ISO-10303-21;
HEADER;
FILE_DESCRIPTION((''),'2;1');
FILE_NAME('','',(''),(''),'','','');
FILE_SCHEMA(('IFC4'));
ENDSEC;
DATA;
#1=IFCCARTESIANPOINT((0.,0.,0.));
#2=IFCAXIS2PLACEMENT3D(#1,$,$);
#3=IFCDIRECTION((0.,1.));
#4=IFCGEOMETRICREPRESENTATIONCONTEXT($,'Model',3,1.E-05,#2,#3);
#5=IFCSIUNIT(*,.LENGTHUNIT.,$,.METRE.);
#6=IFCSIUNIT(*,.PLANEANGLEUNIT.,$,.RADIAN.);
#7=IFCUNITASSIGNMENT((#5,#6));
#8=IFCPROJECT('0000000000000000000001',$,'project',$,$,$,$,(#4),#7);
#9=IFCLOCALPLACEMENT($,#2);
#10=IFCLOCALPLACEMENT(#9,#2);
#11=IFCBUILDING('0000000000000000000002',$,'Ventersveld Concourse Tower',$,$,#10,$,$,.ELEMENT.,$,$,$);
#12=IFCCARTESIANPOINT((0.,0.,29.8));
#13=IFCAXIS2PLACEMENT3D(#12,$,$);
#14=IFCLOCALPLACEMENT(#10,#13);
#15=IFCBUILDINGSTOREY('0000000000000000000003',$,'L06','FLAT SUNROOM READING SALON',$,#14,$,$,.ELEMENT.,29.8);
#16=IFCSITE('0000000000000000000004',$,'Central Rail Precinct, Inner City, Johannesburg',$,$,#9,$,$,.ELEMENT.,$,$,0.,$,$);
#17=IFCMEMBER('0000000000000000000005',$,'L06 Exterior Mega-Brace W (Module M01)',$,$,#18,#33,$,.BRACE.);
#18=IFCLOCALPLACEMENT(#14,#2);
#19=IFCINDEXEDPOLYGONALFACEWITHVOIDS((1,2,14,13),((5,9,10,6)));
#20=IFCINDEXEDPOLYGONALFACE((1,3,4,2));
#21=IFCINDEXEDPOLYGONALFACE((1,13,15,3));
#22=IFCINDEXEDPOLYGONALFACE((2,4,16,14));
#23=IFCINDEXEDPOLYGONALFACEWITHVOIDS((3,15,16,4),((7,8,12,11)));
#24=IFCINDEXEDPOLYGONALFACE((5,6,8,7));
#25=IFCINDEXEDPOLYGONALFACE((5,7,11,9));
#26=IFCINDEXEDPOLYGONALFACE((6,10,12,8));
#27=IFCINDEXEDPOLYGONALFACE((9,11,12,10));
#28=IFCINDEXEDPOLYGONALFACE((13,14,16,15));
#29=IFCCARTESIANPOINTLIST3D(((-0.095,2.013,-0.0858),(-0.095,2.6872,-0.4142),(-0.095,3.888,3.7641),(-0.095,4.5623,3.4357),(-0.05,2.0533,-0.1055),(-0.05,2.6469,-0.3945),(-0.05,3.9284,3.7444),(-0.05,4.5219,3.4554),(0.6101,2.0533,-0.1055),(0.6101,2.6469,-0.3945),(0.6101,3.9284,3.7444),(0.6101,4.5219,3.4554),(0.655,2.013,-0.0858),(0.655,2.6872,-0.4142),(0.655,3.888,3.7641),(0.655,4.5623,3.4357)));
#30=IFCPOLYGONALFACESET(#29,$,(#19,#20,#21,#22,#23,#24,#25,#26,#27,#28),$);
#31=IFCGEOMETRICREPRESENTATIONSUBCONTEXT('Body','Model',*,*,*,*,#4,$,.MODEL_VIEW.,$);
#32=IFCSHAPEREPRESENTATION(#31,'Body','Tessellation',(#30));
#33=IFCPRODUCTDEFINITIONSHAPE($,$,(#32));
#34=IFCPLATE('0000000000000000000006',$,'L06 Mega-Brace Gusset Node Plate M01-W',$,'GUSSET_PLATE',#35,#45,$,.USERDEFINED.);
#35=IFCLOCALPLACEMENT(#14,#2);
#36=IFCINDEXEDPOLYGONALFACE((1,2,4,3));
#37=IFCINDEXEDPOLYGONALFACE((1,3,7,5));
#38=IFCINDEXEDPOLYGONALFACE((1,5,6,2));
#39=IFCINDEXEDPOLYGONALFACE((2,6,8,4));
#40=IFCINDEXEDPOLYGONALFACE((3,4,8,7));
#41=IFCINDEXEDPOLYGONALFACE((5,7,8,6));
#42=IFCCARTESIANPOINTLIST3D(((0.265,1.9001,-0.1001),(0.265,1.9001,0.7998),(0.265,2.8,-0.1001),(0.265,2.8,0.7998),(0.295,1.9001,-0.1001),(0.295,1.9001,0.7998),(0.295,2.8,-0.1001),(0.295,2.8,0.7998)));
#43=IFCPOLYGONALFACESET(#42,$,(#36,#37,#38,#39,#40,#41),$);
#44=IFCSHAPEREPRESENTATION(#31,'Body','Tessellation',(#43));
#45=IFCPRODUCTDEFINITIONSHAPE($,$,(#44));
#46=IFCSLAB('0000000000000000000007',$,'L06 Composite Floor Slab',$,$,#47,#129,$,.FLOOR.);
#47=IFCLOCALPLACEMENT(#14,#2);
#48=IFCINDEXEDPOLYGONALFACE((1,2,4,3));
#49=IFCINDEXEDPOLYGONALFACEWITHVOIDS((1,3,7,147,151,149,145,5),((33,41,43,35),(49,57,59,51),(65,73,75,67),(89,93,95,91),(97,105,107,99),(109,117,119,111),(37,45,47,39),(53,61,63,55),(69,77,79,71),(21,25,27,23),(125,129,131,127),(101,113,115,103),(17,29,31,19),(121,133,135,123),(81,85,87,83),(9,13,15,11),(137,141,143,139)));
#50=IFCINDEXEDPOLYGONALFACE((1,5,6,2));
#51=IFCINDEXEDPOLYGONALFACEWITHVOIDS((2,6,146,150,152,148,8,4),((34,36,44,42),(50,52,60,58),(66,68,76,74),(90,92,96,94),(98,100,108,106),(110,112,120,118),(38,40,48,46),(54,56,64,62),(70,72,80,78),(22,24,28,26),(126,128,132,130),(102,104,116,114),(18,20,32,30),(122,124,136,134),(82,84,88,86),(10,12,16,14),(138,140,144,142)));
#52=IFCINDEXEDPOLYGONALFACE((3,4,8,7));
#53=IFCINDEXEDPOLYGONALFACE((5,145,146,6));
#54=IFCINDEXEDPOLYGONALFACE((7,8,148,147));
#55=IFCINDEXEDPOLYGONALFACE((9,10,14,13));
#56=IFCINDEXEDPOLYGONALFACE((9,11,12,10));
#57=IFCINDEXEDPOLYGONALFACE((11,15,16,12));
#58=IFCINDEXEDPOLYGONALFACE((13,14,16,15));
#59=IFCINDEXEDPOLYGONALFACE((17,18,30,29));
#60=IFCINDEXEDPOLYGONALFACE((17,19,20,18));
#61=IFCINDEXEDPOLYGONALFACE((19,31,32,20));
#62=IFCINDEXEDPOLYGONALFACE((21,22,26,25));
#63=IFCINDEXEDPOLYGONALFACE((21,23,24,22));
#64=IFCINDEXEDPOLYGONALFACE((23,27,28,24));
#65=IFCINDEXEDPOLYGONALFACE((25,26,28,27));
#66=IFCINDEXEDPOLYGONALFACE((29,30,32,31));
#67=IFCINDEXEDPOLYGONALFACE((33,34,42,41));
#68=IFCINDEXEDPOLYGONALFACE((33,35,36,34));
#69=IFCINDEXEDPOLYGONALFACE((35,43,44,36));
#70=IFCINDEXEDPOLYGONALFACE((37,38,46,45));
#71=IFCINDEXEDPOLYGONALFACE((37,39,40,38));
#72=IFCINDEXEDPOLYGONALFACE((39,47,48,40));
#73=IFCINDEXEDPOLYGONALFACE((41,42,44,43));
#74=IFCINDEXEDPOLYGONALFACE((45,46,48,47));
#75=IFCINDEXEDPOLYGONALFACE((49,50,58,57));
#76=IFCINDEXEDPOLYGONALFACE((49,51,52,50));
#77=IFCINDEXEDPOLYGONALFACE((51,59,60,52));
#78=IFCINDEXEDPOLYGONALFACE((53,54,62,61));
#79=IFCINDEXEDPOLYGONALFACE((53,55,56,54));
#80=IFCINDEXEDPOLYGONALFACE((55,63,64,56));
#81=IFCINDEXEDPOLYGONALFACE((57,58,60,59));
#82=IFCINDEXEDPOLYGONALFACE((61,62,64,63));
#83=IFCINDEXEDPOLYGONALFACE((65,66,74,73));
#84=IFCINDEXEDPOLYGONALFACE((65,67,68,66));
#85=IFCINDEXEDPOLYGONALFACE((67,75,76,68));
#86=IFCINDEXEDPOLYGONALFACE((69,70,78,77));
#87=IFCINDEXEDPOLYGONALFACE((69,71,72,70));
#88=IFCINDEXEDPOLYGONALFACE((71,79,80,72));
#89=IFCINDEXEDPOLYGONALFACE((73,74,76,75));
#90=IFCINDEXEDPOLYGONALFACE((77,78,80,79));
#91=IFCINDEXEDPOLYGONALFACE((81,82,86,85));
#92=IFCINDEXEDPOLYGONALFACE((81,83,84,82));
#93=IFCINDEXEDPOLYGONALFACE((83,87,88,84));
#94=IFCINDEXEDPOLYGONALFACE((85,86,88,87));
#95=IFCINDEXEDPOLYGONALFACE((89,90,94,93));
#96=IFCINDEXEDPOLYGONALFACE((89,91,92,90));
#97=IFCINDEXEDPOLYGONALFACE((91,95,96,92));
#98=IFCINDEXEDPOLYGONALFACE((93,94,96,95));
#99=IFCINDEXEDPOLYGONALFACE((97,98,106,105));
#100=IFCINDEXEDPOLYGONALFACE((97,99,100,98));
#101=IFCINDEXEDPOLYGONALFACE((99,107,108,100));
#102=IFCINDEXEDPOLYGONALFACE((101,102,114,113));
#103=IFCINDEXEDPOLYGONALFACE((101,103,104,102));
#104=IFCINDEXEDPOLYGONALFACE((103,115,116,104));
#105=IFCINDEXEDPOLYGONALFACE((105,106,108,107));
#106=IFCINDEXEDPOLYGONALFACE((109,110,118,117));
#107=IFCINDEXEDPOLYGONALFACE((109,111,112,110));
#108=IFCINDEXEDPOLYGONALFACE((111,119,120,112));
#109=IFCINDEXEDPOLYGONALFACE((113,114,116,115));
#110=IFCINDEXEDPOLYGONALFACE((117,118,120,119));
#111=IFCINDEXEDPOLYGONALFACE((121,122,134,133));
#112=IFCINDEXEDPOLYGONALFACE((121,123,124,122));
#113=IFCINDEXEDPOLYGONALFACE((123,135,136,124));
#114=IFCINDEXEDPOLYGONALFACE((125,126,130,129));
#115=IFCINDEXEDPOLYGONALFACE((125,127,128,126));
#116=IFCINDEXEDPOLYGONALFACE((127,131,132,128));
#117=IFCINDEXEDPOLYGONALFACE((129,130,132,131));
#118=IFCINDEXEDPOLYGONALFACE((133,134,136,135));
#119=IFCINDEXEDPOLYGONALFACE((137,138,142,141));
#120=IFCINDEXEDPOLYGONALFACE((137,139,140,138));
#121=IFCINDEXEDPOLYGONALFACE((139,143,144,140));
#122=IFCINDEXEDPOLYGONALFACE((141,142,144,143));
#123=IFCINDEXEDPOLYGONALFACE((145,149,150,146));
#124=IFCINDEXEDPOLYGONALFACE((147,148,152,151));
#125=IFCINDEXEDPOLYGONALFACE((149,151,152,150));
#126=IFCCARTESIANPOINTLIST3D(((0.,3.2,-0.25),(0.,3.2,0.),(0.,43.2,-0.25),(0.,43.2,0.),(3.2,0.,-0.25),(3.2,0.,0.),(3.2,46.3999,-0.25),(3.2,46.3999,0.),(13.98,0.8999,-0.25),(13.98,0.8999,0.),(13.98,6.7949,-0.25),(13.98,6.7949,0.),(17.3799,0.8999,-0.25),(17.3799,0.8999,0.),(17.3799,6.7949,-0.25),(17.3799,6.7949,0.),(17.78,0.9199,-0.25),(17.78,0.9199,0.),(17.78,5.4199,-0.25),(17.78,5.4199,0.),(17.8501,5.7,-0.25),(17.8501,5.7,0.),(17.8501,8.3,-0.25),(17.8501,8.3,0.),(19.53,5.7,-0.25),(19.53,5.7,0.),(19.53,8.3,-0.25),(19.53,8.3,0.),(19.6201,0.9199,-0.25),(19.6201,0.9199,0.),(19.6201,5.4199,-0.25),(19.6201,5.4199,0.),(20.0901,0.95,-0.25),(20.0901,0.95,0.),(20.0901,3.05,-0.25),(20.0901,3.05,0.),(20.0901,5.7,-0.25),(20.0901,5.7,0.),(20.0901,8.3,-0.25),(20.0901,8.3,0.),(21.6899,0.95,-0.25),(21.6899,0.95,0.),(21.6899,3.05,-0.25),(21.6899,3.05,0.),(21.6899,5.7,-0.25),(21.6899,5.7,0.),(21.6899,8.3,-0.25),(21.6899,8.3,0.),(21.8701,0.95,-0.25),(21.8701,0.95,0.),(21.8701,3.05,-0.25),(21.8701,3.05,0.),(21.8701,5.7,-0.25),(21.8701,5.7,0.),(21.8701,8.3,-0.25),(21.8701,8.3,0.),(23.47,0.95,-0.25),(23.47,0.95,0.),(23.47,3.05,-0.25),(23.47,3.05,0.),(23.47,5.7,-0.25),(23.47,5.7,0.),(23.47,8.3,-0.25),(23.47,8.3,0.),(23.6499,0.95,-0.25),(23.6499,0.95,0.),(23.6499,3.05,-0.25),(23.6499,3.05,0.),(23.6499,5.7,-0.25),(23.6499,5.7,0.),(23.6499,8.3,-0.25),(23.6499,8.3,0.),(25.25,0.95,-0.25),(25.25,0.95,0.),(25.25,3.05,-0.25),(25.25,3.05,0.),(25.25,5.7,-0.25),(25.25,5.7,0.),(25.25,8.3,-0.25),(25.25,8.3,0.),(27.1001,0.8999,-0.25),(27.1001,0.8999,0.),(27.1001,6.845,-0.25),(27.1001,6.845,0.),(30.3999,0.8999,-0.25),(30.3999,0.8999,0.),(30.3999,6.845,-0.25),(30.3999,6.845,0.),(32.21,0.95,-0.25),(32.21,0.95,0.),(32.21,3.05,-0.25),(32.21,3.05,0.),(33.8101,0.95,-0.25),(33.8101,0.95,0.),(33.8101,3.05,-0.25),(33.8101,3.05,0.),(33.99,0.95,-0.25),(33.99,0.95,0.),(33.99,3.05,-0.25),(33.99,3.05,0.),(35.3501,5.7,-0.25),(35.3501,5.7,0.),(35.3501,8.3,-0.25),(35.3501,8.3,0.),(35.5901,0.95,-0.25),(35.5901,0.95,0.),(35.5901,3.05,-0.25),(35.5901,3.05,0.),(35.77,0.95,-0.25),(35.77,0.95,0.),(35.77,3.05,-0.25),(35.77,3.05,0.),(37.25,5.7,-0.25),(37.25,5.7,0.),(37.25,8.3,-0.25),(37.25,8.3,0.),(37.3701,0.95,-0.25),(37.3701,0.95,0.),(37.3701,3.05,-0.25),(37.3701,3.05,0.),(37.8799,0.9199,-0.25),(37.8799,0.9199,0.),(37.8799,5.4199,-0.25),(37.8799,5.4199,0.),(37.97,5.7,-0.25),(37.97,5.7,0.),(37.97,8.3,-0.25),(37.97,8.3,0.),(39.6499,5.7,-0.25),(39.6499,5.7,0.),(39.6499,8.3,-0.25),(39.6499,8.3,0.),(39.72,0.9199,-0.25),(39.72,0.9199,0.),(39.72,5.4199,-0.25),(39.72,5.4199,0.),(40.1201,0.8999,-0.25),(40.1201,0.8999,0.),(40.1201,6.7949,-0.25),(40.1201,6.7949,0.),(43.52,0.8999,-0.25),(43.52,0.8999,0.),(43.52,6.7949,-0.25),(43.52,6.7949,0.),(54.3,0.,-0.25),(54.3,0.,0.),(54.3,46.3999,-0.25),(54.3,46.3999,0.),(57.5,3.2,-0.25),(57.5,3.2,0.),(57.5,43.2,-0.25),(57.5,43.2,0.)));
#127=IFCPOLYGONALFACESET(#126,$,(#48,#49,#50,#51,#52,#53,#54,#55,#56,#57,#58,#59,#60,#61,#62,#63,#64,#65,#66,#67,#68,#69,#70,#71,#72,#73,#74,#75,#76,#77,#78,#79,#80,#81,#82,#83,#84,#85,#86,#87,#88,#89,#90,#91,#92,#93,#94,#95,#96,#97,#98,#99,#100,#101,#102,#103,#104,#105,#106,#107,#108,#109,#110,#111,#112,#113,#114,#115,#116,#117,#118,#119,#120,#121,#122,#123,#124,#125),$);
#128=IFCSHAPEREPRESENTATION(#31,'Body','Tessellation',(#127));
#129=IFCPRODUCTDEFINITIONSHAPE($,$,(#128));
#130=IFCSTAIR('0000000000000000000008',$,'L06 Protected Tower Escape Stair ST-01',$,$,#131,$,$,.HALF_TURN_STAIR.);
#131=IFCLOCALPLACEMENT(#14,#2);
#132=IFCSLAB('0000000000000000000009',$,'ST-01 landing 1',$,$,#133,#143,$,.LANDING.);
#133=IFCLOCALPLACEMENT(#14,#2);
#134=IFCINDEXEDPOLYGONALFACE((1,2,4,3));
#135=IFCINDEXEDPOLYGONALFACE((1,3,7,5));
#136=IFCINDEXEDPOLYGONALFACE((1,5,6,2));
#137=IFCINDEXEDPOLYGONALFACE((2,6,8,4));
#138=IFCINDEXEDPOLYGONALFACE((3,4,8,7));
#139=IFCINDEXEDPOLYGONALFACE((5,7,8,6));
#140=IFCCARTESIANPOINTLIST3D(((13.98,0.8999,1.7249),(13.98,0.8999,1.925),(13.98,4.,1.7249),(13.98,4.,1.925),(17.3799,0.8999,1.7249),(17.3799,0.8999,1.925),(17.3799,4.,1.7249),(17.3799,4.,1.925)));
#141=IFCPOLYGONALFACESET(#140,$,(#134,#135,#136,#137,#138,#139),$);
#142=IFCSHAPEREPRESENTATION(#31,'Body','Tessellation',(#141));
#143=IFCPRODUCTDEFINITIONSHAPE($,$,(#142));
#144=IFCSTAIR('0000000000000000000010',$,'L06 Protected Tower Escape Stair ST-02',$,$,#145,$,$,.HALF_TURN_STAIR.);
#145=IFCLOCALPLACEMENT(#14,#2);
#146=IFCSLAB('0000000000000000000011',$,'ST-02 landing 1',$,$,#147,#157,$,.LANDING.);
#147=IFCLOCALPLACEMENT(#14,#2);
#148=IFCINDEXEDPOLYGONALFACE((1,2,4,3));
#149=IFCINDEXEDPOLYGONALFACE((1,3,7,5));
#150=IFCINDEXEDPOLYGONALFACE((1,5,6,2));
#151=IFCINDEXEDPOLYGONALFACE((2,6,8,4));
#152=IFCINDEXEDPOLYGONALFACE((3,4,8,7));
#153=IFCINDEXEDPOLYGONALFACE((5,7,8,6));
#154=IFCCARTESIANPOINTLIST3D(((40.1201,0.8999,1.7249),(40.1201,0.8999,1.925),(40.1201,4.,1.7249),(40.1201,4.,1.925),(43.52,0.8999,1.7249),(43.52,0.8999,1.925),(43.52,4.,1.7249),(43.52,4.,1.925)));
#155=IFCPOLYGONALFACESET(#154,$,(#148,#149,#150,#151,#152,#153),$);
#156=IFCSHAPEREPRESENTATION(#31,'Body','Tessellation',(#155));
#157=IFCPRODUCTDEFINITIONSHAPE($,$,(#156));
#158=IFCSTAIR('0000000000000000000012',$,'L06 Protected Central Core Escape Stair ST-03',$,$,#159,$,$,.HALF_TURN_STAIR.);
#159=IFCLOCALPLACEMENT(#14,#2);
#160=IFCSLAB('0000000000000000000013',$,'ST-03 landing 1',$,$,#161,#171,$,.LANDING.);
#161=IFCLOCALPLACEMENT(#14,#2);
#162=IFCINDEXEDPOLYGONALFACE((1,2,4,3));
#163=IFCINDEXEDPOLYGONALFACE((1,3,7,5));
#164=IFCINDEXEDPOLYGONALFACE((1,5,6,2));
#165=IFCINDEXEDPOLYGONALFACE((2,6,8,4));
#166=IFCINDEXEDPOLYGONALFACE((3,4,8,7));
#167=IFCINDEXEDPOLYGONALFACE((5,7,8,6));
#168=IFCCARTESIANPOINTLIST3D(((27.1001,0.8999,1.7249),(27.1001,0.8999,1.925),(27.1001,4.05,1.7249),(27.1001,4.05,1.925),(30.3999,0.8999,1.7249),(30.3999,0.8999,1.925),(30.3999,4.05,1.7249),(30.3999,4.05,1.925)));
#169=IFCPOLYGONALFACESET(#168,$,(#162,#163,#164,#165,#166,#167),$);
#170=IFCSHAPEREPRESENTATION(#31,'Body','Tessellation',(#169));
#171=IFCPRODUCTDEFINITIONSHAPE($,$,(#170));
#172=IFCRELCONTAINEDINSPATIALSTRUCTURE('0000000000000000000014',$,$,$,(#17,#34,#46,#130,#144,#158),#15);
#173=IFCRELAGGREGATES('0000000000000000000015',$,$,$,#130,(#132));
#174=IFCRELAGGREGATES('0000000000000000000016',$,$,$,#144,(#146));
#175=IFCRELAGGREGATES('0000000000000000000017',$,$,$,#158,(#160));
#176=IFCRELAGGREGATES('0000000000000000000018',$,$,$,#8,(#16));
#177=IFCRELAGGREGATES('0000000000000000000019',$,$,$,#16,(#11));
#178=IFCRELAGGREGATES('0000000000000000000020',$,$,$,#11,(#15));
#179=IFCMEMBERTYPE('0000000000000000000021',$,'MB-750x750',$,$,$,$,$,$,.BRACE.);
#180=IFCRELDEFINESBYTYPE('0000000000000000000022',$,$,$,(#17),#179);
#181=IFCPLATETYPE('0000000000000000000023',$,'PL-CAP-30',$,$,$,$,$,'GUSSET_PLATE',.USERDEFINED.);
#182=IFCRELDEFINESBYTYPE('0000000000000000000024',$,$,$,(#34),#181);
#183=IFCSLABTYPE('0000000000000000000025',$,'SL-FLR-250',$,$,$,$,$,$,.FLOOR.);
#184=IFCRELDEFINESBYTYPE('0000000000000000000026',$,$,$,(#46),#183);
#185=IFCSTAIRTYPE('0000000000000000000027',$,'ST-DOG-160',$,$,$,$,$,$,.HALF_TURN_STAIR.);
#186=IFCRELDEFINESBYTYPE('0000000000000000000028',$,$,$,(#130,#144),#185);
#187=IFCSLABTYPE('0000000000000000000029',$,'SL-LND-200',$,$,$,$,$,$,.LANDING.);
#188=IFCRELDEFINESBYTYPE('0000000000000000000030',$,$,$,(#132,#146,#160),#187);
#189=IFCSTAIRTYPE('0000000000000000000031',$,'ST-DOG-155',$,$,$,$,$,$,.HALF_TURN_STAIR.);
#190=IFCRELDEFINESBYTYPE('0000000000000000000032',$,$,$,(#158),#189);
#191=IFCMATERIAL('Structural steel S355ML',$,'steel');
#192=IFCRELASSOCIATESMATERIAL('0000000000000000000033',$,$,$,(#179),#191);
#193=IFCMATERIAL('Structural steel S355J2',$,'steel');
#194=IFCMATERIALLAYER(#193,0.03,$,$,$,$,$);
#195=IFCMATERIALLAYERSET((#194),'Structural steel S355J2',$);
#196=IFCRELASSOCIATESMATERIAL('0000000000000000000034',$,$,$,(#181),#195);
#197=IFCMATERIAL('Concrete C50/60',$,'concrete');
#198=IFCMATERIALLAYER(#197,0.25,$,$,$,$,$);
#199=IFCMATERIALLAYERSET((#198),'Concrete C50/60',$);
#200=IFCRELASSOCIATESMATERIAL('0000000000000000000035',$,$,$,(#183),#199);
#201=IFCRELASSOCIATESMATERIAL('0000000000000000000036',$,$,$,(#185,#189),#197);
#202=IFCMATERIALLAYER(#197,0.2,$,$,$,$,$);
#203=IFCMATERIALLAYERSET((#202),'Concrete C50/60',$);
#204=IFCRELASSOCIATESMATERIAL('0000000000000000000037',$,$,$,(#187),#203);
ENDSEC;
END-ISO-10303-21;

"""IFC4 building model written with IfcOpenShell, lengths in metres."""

from ifc_helpers import new_model, si_unit, direction, frame, origin, origin_2d, place, context, subcontext, project, spatial, polyline, rectangle, hollow_rectangle, outline, extrude, material, layer, layer_set, material_profile, profile_set, type_object, element, aggregate, save


model = new_model("IFC4")

# Units and contexts
model_context = context("Model", 3, precision=1e-05, world=origin(), true_north=direction((0.0, 1.0)))
body_context = subcontext(model_context, "Body", "Model", "MODEL_VIEW")
ifc_project = project(units=[si_unit("LENGTHUNIT", "METRE"), si_unit("PLANEANGLEUNIT", "RADIAN")], contexts=[model_context])

# Site, building, storey
site_placement = place(None, origin())
site = spatial("IfcSite", under=ifc_project, at=site_placement, Name="Central Rail Precinct, Inner City, Johannesburg", CompositionType="ELEMENT", RefElevation=0.0)
building_placement = place(site_placement, origin())
building = spatial("IfcBuilding", under=site, at=building_placement, Name="Ventersveld Concourse Tower", CompositionType="ELEMENT")
storey_placement = place(building_placement, frame((0.0, 0.0, 29.8)))
storey = spatial("IfcBuildingStorey", under=building, at=storey_placement, Name="L06", Description="FLAT SUNROOM READING SALON", CompositionType="ELEMENT", Elevation=29.8)

# Member
ifc_material_1 = material(Name="Structural steel S355ML", Category="steel")
ifc_material_profile = material_profile(ifc_material_1, hollow_rectangle(XDim=0.75, YDim=0.75, WallThickness=0.0449, at=origin_2d()), Name="BOX 750x750x45")
ifc_profile_set = profile_set([ifc_material_profile], Name="Structural steel S355ML")
member_type = type_object("IfcMemberType", Name="MB-750x750", PredefinedType="BRACE", material=ifc_profile_set)
member_placement = place(storey_placement, frame((0.28, 2.3501, -0.25), z_axis=(0.0, 0.437862, 0.899042), x_axis=(-1.0, 0.0, 0.0)))
element("IfcMember", 1, at=member_placement, inside=storey, type_object=member_type, Name="L06 Exterior Mega-Brace W (Module M01)", PredefinedType="BRACE", context=body_context, shape_type="SweptSolid", body=[
    extrude(hollow_rectangle(XDim=0.75, YDim=0.75, WallThickness=0.0449, at=origin_2d()), origin(), (0.0, 0.0, 1.0), 4.2822),
])

# Plate
ifc_material_2 = material(Name="Structural steel S355J2", Category="steel")
ifc_layer_1 = layer(ifc_material_2, 0.03)
ifc_layer_set_1 = layer_set([ifc_layer_1], Name="Structural steel S355J2")
plate_type = type_object("IfcPlateType", Name="PL-CAP-30", ElementType="GUSSET_PLATE", PredefinedType="USERDEFINED", material=ifc_layer_set_1)
plate_placement = place(storey_placement, frame((0.28, 2.3501, -0.1001), z_axis=(0.0, 0.0, 1.0), x_axis=(0.0, 1.0, 0.0)))
element("IfcPlate", 2, at=plate_placement, inside=storey, type_object=plate_type, Name="L06 Mega-Brace Gusset Node Plate M01-W", ObjectType="GUSSET_PLATE", PredefinedType="USERDEFINED", context=body_context, shape_type="SweptSolid", body=[
    extrude(rectangle(XDim=0.8999, YDim=0.03, at=origin_2d()), origin(), (0.0, 0.0, 1.0), 0.8999),
])

# Slab
ifc_material_3 = material(Name="Concrete C50/60", Category="concrete")
ifc_layer_2 = layer(ifc_material_3, 0.25)
ifc_layer_set_2 = layer_set([ifc_layer_2], Name="Concrete C50/60")
slab_type_1 = type_object("IfcSlabType", Name="SL-FLR-250", PredefinedType="FLOOR", material=ifc_layer_set_2)
slab_1_placement = place(storey_placement, frame((0.0, 0.0, -0.25)))
element("IfcSlab", 3, at=slab_1_placement, inside=storey, type_object=slab_type_1, Name="L06 Composite Floor Slab", PredefinedType="FLOOR", context=body_context, shape_type="SweptSolid", body=[
    extrude(outline(polyline([(3.2, 0.0), (54.3, 0.0), (57.5, 3.2), (57.5, 43.2), (54.3, 46.3999), (3.2, 46.3999), (0.0, 43.2), (0.0, 3.2), (3.2, 0.0)]), holes=[polyline([(13.98, 6.7949), (13.98, 0.8999), (17.3799, 0.8999), (17.3799, 6.7949), (13.98, 6.7949)]), polyline([(40.1201, 6.7949), (40.1201, 0.8999), (43.52, 0.8999), (43.52, 6.7949), (40.1201, 6.7949)]), polyline([(27.1001, 6.845), (27.1001, 0.8999), (30.3999, 0.8999), (30.3999, 6.845), (27.1001, 6.845)]), polyline([(17.8501, 5.7), (19.53, 5.7), (19.53, 8.3), (17.8501, 8.3), (17.8501, 5.7)]), polyline([(37.97, 5.7), (39.6499, 5.7), (39.6499, 8.3), (37.97, 8.3), (37.97, 5.7)]), polyline([(35.3501, 5.7), (37.25, 5.7), (37.25, 8.3), (35.3501, 8.3), (35.3501, 5.7)]), polyline([(20.0901, 0.95), (21.6899, 0.95), (21.6899, 3.05), (20.0901, 3.05), (20.0901, 0.95)]), polyline([(21.8701, 0.95), (23.47, 0.95), (23.47, 3.05), (21.8701, 3.05), (21.8701, 0.95)]), polyline([(23.6499, 0.95), (25.25, 0.95), (25.25, 3.05), (23.6499, 3.05), (23.6499, 0.95)]), polyline([(32.21, 0.95), (33.8101, 0.95), (33.8101, 3.05), (32.21, 3.05), (32.21, 0.95)]), polyline([(33.99, 0.95), (35.5901, 0.95), (35.5901, 3.05), (33.99, 3.05), (33.99, 0.95)]), polyline([(35.77, 0.95), (37.3701, 0.95), (37.3701, 3.05), (35.77, 3.05), (35.77, 0.95)]), polyline([(20.0901, 5.7), (21.6899, 5.7), (21.6899, 8.3), (20.0901, 8.3), (20.0901, 5.7)]), polyline([(21.8701, 5.7), (23.47, 5.7), (23.47, 8.3), (21.8701, 8.3), (21.8701, 5.7)]), polyline([(23.6499, 5.7), (25.25, 5.7), (25.25, 8.3), (23.6499, 8.3), (23.6499, 5.7)]), polyline([(17.78, 0.9199), (19.6201, 0.9199), (19.6201, 5.4199), (17.78, 5.4199), (17.78, 0.9199)]), polyline([(37.8799, 0.9199), (39.72, 0.9199), (39.72, 5.4199), (37.8799, 5.4199), (37.8799, 0.9199)])]), origin(), (0.0, 0.0, 1.0), 0.25),
])

# Stairs, slabs
stair_type_1 = type_object("IfcStairType", Name="ST-DOG-160", PredefinedType="HALF_TURN_STAIR", material=ifc_material_3)
stair_1_placement = place(storey_placement, origin())
stair_1 = element("IfcStair", 4, at=stair_1_placement, inside=storey, type_object=stair_type_1, Name="L06 Protected Tower Escape Stair ST-01", PredefinedType="HALF_TURN_STAIR")
ifc_layer_3 = layer(ifc_material_3, 0.2)
ifc_layer_set_3 = layer_set([ifc_layer_3], Name="Concrete C50/60")
slab_type_2 = type_object("IfcSlabType", Name="SL-LND-200", PredefinedType="LANDING", material=ifc_layer_set_3)
slab_2_placement = place(storey_placement, frame((0.0, 0.0, 1.7249)))
slab_2 = element("IfcSlab", 5, at=slab_2_placement, type_object=slab_type_2, Name="ST-01 landing 1", PredefinedType="LANDING", context=body_context, shape_type="SweptSolid", body=[
    extrude(outline(polyline([(13.98, 4.0), (13.98, 0.8999), (17.3799, 0.8999), (17.3799, 4.0), (13.98, 4.0)])), origin(), (0.0, 0.0, 1.0), 0.2002),
])
aggregate(stair_1, [slab_2])
stair_2_placement = place(storey_placement, origin())
stair_2 = element("IfcStair", 6, at=stair_2_placement, inside=storey, type_object=stair_type_1, Name="L06 Protected Tower Escape Stair ST-02", PredefinedType="HALF_TURN_STAIR")
slab_3_placement = place(storey_placement, frame((0.0, 0.0, 1.7249)))
slab_3 = element("IfcSlab", 7, at=slab_3_placement, type_object=slab_type_2, Name="ST-02 landing 1", PredefinedType="LANDING", context=body_context, shape_type="SweptSolid", body=[
    extrude(outline(polyline([(40.1201, 4.0), (40.1201, 0.8999), (43.52, 0.8999), (43.52, 4.0), (40.1201, 4.0)])), origin(), (0.0, 0.0, 1.0), 0.2002),
])
aggregate(stair_2, [slab_3])
stair_type_2 = type_object("IfcStairType", Name="ST-DOG-155", PredefinedType="HALF_TURN_STAIR", material=ifc_material_3)
stair_3_placement = place(storey_placement, origin())
stair_3 = element("IfcStair", 8, at=stair_3_placement, inside=storey, type_object=stair_type_2, Name="L06 Protected Central Core Escape Stair ST-03", PredefinedType="HALF_TURN_STAIR")
slab_4_placement = place(storey_placement, frame((0.0, 0.0, 1.7249)))
slab_4 = element("IfcSlab", 9, at=slab_4_placement, type_object=slab_type_2, Name="ST-03 landing 1", PredefinedType="LANDING", context=body_context, shape_type="SweptSolid", body=[
    extrude(outline(polyline([(27.1001, 4.05), (27.1001, 0.8999), (30.3999, 0.8999), (30.3999, 4.05), (27.1001, 4.05)])), origin(), (0.0, 0.0, 1.0), 0.2002),
])
aggregate(stair_3, [slab_4])

save(model, "model.ifc")
